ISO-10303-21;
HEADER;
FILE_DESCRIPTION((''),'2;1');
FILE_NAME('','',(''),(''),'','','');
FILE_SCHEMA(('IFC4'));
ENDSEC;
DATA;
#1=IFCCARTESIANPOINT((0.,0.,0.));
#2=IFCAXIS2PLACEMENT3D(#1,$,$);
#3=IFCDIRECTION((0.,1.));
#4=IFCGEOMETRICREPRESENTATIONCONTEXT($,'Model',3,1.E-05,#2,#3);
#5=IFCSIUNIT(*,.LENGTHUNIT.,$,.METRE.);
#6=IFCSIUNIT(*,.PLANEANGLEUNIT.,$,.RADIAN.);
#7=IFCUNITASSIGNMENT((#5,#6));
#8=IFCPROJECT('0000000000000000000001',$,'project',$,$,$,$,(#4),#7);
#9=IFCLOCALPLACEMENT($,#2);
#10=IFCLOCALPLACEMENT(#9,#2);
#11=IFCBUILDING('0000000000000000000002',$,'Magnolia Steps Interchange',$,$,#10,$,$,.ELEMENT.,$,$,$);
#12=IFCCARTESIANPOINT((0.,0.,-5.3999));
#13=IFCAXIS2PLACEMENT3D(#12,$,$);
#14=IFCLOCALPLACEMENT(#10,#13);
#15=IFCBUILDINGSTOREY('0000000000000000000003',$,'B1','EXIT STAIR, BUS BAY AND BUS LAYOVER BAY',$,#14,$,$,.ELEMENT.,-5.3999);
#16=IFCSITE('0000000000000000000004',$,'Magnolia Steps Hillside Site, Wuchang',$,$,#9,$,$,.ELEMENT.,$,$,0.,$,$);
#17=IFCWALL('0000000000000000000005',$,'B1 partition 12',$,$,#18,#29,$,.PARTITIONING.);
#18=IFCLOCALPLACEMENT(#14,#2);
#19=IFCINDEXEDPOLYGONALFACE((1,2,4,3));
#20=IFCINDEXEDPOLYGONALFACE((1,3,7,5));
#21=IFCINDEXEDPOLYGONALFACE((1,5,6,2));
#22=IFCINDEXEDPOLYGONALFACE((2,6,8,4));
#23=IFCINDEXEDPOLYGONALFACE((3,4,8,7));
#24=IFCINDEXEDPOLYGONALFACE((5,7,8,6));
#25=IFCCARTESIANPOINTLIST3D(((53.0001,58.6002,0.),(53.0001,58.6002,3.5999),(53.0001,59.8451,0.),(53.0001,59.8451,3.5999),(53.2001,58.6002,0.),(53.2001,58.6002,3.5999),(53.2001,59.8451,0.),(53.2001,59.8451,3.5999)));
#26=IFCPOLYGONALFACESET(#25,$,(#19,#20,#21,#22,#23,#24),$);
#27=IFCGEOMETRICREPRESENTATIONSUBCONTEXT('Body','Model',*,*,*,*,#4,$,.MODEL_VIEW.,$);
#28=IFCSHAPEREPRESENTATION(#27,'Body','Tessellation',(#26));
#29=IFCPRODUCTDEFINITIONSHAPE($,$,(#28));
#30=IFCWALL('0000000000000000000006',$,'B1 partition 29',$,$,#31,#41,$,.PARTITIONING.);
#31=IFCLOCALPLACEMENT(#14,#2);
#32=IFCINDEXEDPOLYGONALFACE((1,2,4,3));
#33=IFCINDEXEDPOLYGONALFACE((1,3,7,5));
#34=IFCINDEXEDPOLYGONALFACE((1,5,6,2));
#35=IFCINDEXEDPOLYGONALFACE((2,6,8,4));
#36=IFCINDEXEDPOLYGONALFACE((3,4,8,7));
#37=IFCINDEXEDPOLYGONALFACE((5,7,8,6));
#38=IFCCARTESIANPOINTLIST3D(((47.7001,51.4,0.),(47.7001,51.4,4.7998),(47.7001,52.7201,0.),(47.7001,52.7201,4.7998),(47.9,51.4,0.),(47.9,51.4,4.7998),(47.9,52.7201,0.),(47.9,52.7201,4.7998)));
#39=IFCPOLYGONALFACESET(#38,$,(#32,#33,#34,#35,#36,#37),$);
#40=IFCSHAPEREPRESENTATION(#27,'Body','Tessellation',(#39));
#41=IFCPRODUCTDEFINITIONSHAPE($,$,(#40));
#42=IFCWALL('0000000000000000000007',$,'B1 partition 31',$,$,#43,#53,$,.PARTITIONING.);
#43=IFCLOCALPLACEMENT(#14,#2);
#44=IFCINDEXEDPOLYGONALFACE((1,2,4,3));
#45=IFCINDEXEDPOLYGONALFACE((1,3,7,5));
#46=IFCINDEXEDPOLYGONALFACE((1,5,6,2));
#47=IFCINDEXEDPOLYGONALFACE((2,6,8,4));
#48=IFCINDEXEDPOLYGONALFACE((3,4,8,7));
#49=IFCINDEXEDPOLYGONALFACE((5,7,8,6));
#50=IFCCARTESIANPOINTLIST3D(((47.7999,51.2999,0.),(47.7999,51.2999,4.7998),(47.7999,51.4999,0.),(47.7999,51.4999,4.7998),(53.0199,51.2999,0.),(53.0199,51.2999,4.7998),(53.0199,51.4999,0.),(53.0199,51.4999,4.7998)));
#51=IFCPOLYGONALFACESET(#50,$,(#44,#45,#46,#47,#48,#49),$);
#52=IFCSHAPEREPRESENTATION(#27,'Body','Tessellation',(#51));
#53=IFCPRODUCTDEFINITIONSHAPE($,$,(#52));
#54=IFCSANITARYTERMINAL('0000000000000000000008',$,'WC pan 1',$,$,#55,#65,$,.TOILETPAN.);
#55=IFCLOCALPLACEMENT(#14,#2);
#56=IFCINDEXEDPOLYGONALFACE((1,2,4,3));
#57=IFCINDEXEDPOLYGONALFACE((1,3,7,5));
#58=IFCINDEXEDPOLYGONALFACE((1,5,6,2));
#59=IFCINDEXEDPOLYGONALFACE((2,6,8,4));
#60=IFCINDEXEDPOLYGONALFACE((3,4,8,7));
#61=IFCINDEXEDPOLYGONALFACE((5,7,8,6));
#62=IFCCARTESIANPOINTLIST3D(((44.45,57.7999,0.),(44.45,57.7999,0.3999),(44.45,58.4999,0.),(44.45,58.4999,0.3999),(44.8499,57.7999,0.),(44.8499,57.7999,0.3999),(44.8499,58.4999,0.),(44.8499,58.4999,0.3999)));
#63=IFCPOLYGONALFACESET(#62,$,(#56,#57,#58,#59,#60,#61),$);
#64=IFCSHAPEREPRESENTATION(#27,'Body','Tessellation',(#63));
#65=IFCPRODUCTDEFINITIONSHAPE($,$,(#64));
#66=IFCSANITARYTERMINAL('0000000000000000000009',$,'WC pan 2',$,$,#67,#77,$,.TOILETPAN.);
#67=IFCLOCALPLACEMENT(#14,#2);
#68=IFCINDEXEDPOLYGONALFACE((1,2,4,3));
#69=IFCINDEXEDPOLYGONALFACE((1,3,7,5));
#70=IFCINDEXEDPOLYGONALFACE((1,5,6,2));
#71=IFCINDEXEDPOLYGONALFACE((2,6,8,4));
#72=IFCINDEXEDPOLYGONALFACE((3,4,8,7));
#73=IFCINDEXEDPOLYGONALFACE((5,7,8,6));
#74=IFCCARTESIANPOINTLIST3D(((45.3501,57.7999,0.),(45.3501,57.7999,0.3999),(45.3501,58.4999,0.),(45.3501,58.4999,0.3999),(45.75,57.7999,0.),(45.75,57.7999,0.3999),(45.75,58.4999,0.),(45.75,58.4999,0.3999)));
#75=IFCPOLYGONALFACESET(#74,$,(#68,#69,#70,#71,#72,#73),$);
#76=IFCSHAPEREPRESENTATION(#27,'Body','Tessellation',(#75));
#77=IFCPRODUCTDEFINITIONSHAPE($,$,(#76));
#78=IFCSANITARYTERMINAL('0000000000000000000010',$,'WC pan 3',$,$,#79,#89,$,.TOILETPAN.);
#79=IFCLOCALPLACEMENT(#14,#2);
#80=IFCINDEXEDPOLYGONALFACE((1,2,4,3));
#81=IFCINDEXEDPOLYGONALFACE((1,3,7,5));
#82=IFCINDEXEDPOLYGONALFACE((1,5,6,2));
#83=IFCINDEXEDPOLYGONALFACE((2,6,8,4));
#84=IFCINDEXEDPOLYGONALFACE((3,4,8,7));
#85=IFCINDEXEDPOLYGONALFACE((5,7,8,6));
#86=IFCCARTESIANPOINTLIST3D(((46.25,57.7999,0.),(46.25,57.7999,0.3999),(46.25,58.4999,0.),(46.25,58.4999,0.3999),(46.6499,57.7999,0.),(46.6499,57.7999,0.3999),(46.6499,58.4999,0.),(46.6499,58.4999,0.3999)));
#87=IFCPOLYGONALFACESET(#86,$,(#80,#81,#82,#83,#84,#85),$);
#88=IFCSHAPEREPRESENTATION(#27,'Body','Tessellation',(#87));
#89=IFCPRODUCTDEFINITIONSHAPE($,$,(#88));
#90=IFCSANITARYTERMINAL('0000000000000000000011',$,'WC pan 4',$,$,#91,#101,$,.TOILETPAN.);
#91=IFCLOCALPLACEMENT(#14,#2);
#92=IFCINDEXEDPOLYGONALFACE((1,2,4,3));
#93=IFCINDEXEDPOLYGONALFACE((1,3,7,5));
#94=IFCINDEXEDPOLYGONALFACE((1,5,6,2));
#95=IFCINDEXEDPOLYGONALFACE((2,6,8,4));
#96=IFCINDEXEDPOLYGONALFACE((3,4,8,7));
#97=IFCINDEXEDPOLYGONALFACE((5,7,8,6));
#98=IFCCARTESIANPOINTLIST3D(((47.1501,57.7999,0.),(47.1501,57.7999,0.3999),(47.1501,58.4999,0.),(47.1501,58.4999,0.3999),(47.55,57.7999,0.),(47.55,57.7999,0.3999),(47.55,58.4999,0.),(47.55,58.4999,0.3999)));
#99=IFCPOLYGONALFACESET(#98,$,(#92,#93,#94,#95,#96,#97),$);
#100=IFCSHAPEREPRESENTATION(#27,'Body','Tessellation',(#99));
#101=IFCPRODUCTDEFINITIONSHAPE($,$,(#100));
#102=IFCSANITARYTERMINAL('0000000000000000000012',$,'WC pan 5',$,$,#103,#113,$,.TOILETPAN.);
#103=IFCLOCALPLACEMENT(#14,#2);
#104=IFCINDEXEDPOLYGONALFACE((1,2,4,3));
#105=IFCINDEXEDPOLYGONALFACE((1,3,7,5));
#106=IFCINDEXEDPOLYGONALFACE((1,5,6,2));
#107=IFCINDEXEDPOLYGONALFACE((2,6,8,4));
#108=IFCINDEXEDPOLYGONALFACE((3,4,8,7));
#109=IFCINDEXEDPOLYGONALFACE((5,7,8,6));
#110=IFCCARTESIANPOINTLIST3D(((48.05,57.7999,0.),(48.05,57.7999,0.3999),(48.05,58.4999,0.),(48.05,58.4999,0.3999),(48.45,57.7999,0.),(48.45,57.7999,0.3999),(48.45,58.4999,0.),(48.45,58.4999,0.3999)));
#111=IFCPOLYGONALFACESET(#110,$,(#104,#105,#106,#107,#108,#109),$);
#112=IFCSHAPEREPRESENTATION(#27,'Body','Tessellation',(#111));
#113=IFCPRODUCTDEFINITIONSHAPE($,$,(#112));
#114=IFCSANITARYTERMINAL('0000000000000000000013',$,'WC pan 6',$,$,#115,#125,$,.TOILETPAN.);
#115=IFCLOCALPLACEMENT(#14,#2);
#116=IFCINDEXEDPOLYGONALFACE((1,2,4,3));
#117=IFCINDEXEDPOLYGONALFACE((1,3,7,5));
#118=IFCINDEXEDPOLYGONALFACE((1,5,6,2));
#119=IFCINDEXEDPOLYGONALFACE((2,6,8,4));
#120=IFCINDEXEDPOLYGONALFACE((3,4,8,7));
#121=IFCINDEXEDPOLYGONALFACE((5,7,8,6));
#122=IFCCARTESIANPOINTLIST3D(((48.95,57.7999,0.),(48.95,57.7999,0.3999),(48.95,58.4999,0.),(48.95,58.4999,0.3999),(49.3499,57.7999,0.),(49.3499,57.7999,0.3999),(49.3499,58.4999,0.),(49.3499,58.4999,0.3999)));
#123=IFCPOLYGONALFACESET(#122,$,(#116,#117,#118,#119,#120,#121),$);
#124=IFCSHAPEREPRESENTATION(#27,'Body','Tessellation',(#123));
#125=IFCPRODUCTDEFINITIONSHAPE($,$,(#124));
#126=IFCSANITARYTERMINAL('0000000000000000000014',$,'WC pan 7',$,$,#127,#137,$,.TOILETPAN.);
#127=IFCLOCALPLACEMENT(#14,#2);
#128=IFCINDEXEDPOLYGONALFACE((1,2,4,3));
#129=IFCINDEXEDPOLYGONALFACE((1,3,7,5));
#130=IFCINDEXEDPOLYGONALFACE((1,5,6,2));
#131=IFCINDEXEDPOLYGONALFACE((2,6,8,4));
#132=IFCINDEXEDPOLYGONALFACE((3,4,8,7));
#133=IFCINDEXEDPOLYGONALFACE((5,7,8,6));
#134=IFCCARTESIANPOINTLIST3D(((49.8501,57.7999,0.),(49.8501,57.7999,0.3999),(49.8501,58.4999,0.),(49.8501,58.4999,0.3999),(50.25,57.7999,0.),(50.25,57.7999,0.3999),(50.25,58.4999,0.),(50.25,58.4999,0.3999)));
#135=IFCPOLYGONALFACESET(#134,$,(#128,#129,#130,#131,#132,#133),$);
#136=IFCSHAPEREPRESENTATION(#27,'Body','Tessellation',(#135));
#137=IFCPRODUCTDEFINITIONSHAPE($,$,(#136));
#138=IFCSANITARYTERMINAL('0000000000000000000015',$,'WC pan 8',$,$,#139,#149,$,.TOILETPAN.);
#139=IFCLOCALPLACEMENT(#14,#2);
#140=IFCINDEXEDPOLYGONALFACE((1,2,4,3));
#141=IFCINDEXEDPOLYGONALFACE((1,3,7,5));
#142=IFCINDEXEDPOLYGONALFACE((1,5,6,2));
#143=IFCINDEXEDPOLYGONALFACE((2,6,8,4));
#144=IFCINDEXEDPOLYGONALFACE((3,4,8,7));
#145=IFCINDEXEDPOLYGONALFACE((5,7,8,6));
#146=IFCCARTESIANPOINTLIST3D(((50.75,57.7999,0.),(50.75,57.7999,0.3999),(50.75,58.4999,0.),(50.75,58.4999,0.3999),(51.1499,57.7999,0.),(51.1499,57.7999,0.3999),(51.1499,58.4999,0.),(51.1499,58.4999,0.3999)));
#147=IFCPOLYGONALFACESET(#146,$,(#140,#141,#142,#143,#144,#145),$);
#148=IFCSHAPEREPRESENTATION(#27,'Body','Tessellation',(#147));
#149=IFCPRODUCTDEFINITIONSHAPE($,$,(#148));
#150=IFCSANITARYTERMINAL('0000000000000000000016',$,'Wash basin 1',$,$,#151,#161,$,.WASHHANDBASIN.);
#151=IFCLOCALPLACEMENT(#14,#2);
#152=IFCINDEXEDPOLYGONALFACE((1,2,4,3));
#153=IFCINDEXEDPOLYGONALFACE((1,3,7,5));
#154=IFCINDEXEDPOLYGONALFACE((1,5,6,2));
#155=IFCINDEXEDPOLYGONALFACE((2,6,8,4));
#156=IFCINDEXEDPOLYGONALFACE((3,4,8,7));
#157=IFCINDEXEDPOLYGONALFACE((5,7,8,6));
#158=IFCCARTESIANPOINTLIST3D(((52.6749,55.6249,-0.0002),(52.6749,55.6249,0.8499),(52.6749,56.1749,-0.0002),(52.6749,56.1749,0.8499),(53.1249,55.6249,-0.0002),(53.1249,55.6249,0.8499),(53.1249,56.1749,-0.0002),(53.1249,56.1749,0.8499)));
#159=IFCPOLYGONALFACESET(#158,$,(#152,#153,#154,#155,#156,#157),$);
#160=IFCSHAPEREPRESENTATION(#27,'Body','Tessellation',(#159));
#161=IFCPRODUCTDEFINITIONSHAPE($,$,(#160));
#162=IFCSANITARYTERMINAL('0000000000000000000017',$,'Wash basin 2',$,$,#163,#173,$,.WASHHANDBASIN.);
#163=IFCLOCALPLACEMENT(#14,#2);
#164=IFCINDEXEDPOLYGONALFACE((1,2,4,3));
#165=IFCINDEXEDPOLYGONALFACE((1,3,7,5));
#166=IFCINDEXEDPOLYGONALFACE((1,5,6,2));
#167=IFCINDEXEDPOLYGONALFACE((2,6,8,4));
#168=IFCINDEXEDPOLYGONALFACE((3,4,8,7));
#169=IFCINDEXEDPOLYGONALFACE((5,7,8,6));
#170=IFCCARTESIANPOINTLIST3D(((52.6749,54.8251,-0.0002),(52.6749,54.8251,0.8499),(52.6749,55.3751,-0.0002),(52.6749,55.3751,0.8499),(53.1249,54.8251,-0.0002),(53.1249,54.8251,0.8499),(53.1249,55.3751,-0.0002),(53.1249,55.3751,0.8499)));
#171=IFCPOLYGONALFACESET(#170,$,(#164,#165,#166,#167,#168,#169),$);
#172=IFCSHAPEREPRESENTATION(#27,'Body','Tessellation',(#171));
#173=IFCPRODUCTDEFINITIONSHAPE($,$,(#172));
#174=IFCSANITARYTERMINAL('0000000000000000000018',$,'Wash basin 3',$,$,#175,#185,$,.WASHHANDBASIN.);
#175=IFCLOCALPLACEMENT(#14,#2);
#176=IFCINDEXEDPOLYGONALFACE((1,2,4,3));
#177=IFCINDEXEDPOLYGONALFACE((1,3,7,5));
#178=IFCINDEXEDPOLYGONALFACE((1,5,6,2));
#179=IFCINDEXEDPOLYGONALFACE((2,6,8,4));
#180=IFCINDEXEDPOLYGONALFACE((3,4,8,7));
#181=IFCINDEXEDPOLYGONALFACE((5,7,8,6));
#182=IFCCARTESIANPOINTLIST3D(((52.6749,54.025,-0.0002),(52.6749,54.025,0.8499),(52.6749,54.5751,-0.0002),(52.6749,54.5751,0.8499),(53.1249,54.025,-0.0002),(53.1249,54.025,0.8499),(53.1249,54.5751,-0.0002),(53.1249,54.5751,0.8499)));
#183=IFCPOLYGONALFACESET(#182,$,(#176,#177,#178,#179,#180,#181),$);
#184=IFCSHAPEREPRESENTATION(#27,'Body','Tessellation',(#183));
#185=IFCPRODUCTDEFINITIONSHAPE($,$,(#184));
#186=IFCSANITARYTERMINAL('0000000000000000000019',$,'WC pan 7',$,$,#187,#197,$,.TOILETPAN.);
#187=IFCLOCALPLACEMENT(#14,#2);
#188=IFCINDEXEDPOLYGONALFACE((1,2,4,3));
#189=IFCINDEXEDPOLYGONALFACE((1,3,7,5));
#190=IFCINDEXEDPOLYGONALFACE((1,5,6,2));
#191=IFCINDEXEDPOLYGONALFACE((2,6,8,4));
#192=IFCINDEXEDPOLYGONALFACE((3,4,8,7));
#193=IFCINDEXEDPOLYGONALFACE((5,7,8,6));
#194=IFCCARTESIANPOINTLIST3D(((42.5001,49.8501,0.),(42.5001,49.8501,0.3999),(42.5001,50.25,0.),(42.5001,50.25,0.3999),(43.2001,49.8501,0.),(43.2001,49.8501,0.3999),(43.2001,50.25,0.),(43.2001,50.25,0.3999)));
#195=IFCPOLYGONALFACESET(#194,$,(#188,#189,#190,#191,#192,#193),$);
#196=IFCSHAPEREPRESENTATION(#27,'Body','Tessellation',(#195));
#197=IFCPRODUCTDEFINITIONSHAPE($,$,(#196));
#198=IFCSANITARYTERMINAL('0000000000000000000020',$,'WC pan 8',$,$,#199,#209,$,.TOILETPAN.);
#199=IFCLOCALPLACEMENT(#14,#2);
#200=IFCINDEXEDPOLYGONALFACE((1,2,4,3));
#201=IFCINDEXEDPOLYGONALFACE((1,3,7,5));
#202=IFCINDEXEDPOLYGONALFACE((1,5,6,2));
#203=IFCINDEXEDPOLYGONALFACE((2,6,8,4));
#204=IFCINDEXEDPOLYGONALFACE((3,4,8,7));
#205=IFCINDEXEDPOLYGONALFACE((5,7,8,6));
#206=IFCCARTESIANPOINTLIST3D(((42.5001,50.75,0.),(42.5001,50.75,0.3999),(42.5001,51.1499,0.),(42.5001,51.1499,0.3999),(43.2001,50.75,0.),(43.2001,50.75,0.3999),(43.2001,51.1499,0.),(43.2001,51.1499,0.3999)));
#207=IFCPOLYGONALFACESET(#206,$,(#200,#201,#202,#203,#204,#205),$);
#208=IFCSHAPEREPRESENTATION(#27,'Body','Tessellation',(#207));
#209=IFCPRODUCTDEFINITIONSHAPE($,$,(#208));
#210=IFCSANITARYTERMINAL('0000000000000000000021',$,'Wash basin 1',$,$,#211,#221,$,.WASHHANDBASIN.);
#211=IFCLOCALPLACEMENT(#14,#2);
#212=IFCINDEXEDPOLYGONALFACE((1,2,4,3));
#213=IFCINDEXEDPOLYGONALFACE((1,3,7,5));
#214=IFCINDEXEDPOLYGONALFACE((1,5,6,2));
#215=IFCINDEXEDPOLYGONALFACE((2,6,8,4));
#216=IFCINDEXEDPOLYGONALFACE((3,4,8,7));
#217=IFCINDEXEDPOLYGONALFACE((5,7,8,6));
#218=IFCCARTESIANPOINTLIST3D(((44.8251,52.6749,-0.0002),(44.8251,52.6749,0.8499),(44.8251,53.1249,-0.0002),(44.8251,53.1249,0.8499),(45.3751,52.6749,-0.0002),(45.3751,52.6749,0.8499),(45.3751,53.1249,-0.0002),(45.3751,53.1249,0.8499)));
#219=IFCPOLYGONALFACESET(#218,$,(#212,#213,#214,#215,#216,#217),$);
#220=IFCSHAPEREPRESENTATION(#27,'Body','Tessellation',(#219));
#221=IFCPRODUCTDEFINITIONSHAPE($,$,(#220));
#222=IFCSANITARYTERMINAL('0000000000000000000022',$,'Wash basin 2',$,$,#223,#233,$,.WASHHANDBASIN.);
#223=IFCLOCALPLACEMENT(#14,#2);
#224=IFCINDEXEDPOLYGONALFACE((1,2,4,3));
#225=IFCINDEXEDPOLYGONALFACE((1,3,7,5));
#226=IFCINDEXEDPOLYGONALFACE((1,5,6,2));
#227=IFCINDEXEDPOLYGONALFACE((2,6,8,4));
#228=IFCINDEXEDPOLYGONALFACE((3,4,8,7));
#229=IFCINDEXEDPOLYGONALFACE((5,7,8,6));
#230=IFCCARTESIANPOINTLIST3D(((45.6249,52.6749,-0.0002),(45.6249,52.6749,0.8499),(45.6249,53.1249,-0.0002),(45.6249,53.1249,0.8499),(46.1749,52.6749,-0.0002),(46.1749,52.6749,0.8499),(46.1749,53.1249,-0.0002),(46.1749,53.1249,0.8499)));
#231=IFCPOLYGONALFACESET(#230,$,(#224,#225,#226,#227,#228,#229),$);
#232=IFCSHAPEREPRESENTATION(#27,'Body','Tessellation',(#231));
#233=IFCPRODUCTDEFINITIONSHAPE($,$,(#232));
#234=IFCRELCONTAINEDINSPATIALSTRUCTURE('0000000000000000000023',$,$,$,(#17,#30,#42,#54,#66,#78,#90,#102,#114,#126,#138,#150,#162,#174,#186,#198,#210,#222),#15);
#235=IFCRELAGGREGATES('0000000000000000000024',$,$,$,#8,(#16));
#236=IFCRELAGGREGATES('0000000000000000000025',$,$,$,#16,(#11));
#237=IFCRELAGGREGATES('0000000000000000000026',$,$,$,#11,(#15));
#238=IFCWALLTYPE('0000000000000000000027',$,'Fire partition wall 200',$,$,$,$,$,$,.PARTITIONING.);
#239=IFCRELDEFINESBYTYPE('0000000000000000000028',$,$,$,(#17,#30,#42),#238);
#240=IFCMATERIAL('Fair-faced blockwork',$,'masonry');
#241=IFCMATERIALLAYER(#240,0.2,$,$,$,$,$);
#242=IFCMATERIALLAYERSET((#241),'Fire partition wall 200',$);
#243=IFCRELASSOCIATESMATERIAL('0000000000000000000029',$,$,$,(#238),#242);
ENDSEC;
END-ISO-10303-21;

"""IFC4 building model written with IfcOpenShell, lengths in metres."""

from ifc_helpers import new_model, si_unit, direction, frame, frame_2d, origin, origin_2d, place, context, subcontext, project, spatial, rectangle, extrude, material, layer, layer_set, type_object, element, save


model = new_model("IFC4")

# Units and contexts
model_context = context("Model", 3, precision=1e-05, world=origin(), true_north=direction((0.0, 1.0)))
body_context = subcontext(model_context, "Body", "Model", "MODEL_VIEW")
ifc_project = project(units=[si_unit("LENGTHUNIT", "METRE"), si_unit("PLANEANGLEUNIT", "RADIAN")], contexts=[model_context])

# Site, building, storey
site_placement = place(None, origin())
site = spatial("IfcSite", under=ifc_project, at=site_placement, Name="Magnolia Steps Hillside Site, Wuchang", CompositionType="ELEMENT", RefElevation=0.0)
building_placement = place(site_placement, origin())
building = spatial("IfcBuilding", under=site, at=building_placement, Name="Magnolia Steps Interchange", CompositionType="ELEMENT")
storey_placement = place(building_placement, frame((0.0, 0.0, -5.3999)))
storey = spatial("IfcBuildingStorey", under=building, at=storey_placement, Name="B1", Description="EXIT STAIR, BUS BAY AND BUS LAYOVER BAY", CompositionType="ELEMENT", Elevation=-5.3999)

# Walls
ifc_material = material(Name="Fair-faced blockwork", Category="masonry")
ifc_layer = layer(ifc_material, 0.2)
ifc_layer_set = layer_set([ifc_layer], Name="Fire partition wall 200")
wall_type = type_object("IfcWallType", Name="Fire partition wall 200", PredefinedType="PARTITIONING", material=ifc_layer_set)
wall_1_placement = place(storey_placement, frame((53.1001, 58.6001, 0.0), z_axis=(0.0, 0.0, 1.0), x_axis=(0.0, 1.0, 0.0)))
element("IfcWall", 1, at=wall_1_placement, inside=storey, type_object=wall_type, Name="B1 partition 12", PredefinedType="PARTITIONING", context=body_context, shape_type="SweptSolid", body=[
    extrude(rectangle(XDim=1.2449, YDim=0.2, at=frame_2d((0.6226, 0.0))), origin(), (0.0, 0.0, 1.0), 3.5999),
])
wall_2_placement = place(storey_placement, frame((47.8, 51.3999, 0.0), z_axis=(0.0, 0.0, 1.0), x_axis=(0.0, 1.0, 0.0)))
element("IfcWall", 2, at=wall_2_placement, inside=storey, type_object=wall_type, Name="B1 partition 29", PredefinedType="PARTITIONING", context=body_context, shape_type="SweptSolid", body=[
    extrude(rectangle(XDim=1.3201, YDim=0.2, at=frame_2d((0.6602, 0.0))), origin(), (0.0, 0.0, 1.0), 4.7998),
])
wall_3_placement = place(storey_placement, frame((47.8, 51.3999, 0.0), z_axis=(0.0, 0.0, 1.0), x_axis=(1.0, 0.0, 0.0)))
element("IfcWall", 3, at=wall_3_placement, inside=storey, type_object=wall_type, Name="B1 partition 31", PredefinedType="PARTITIONING", context=body_context, shape_type="SweptSolid", body=[
    extrude(rectangle(XDim=5.22, YDim=0.2, at=frame_2d((2.6099, 0.0))), origin(), (0.0, 0.0, 1.0), 4.7998),
])

# Sanitary terminals
for number, where, z_axis, x_axis, name in (
    (4, (44.6499, 58.1499, 0.0), (0.0, 0.0, 1.0), (1.0, 0.0, 0.0), "WC pan 1"),
    (5, (45.55, 58.1499, 0.0), (0.0, 0.0, 1.0), (1.0, 0.0, 0.0), "WC pan 2"),
    (6, (46.45, 58.1499, 0.0), (0.0, 0.0, 1.0), (1.0, 0.0, 0.0), "WC pan 3"),
    (7, (47.3501, 58.1499, 0.0), (0.0, 0.0, 1.0), (1.0, 0.0, 0.0), "WC pan 4"),
    (8, (48.25, 58.1499, 0.0), (0.0, 0.0, 1.0), (1.0, 0.0, 0.0), "WC pan 5"),
    (9, (49.1499, 58.1499, 0.0), (0.0, 0.0, 1.0), (1.0, 0.0, 0.0), "WC pan 6"),
    (10, (50.05, 58.1499, 0.0), (0.0, 0.0, 1.0), (1.0, 0.0, 0.0), "WC pan 7"),
    (11, (50.95, 58.1499, 0.0), (0.0, 0.0, 1.0), (1.0, 0.0, 0.0), "WC pan 8"),
):
    element("IfcSanitaryTerminal", number, at=place(storey_placement, frame(where, z_axis=z_axis, x_axis=x_axis)), inside=storey, Name=name, PredefinedType="TOILETPAN", context=body_context, shape_type="SweptSolid", body=[
        extrude(rectangle(XDim=0.3999, YDim=0.7, at=origin_2d()), origin(), (0.0, 0.0, 1.0), 0.3999),
    ])
for number, where, z_axis, x_axis, name in (
    (12, (52.8999, 55.8999, -0.0002), (0.0, 0.0, 1.0), (1.0, 0.0, 0.0), "Wash basin 1"),
    (13, (52.8999, 55.1001, -0.0002), (0.0, 0.0, 1.0), (1.0, 0.0, 0.0), "Wash basin 2"),
    (14, (52.8999, 54.3, -0.0002), (0.0, 0.0, 1.0), (1.0, 0.0, 0.0), "Wash basin 3"),
):
    element("IfcSanitaryTerminal", number, at=place(storey_placement, frame(where, z_axis=z_axis, x_axis=x_axis)), inside=storey, Name=name, PredefinedType="WASHHANDBASIN", context=body_context, shape_type="SweptSolid", body=[
        extrude(rectangle(XDim=0.45, YDim=0.55, at=origin_2d()), origin(), (0.0, 0.0, 1.0), 0.8501),
    ])
for number, where, z_axis, x_axis, name in (
    (15, (42.8501, 50.05, 0.0), (0.0, 0.0, 1.0), (0.0, 1.0, 0.0), "WC pan 7"),
    (16, (42.8501, 50.95, 0.0), (0.0, 0.0, 1.0), (0.0, 1.0, 0.0), "WC pan 8"),
):
    element("IfcSanitaryTerminal", number, at=place(storey_placement, frame(where, z_axis=z_axis, x_axis=x_axis)), inside=storey, Name=name, PredefinedType="TOILETPAN", context=body_context, shape_type="SweptSolid", body=[
        extrude(rectangle(XDim=0.3999, YDim=0.7, at=origin_2d()), origin(), (0.0, 0.0, 1.0), 0.3999),
    ])
for number, where, z_axis, x_axis, name in (
    (17, (45.1001, 52.8999, -0.0002), (0.0, 0.0, 1.0), (1.0, 0.0, 0.0), "Wash basin 1"),
    (18, (45.8999, 52.8999, -0.0002), (0.0, 0.0, 1.0), (1.0, 0.0, 0.0), "Wash basin 2"),
):
    element("IfcSanitaryTerminal", number, at=place(storey_placement, frame(where, z_axis=z_axis, x_axis=x_axis)), inside=storey, Name=name, PredefinedType="WASHHANDBASIN", context=body_context, shape_type="SweptSolid", body=[
        extrude(rectangle(XDim=0.55, YDim=0.45, at=origin_2d()), origin(), (0.0, 0.0, 1.0), 0.8501),
    ])

save(model, "model.ifc")
